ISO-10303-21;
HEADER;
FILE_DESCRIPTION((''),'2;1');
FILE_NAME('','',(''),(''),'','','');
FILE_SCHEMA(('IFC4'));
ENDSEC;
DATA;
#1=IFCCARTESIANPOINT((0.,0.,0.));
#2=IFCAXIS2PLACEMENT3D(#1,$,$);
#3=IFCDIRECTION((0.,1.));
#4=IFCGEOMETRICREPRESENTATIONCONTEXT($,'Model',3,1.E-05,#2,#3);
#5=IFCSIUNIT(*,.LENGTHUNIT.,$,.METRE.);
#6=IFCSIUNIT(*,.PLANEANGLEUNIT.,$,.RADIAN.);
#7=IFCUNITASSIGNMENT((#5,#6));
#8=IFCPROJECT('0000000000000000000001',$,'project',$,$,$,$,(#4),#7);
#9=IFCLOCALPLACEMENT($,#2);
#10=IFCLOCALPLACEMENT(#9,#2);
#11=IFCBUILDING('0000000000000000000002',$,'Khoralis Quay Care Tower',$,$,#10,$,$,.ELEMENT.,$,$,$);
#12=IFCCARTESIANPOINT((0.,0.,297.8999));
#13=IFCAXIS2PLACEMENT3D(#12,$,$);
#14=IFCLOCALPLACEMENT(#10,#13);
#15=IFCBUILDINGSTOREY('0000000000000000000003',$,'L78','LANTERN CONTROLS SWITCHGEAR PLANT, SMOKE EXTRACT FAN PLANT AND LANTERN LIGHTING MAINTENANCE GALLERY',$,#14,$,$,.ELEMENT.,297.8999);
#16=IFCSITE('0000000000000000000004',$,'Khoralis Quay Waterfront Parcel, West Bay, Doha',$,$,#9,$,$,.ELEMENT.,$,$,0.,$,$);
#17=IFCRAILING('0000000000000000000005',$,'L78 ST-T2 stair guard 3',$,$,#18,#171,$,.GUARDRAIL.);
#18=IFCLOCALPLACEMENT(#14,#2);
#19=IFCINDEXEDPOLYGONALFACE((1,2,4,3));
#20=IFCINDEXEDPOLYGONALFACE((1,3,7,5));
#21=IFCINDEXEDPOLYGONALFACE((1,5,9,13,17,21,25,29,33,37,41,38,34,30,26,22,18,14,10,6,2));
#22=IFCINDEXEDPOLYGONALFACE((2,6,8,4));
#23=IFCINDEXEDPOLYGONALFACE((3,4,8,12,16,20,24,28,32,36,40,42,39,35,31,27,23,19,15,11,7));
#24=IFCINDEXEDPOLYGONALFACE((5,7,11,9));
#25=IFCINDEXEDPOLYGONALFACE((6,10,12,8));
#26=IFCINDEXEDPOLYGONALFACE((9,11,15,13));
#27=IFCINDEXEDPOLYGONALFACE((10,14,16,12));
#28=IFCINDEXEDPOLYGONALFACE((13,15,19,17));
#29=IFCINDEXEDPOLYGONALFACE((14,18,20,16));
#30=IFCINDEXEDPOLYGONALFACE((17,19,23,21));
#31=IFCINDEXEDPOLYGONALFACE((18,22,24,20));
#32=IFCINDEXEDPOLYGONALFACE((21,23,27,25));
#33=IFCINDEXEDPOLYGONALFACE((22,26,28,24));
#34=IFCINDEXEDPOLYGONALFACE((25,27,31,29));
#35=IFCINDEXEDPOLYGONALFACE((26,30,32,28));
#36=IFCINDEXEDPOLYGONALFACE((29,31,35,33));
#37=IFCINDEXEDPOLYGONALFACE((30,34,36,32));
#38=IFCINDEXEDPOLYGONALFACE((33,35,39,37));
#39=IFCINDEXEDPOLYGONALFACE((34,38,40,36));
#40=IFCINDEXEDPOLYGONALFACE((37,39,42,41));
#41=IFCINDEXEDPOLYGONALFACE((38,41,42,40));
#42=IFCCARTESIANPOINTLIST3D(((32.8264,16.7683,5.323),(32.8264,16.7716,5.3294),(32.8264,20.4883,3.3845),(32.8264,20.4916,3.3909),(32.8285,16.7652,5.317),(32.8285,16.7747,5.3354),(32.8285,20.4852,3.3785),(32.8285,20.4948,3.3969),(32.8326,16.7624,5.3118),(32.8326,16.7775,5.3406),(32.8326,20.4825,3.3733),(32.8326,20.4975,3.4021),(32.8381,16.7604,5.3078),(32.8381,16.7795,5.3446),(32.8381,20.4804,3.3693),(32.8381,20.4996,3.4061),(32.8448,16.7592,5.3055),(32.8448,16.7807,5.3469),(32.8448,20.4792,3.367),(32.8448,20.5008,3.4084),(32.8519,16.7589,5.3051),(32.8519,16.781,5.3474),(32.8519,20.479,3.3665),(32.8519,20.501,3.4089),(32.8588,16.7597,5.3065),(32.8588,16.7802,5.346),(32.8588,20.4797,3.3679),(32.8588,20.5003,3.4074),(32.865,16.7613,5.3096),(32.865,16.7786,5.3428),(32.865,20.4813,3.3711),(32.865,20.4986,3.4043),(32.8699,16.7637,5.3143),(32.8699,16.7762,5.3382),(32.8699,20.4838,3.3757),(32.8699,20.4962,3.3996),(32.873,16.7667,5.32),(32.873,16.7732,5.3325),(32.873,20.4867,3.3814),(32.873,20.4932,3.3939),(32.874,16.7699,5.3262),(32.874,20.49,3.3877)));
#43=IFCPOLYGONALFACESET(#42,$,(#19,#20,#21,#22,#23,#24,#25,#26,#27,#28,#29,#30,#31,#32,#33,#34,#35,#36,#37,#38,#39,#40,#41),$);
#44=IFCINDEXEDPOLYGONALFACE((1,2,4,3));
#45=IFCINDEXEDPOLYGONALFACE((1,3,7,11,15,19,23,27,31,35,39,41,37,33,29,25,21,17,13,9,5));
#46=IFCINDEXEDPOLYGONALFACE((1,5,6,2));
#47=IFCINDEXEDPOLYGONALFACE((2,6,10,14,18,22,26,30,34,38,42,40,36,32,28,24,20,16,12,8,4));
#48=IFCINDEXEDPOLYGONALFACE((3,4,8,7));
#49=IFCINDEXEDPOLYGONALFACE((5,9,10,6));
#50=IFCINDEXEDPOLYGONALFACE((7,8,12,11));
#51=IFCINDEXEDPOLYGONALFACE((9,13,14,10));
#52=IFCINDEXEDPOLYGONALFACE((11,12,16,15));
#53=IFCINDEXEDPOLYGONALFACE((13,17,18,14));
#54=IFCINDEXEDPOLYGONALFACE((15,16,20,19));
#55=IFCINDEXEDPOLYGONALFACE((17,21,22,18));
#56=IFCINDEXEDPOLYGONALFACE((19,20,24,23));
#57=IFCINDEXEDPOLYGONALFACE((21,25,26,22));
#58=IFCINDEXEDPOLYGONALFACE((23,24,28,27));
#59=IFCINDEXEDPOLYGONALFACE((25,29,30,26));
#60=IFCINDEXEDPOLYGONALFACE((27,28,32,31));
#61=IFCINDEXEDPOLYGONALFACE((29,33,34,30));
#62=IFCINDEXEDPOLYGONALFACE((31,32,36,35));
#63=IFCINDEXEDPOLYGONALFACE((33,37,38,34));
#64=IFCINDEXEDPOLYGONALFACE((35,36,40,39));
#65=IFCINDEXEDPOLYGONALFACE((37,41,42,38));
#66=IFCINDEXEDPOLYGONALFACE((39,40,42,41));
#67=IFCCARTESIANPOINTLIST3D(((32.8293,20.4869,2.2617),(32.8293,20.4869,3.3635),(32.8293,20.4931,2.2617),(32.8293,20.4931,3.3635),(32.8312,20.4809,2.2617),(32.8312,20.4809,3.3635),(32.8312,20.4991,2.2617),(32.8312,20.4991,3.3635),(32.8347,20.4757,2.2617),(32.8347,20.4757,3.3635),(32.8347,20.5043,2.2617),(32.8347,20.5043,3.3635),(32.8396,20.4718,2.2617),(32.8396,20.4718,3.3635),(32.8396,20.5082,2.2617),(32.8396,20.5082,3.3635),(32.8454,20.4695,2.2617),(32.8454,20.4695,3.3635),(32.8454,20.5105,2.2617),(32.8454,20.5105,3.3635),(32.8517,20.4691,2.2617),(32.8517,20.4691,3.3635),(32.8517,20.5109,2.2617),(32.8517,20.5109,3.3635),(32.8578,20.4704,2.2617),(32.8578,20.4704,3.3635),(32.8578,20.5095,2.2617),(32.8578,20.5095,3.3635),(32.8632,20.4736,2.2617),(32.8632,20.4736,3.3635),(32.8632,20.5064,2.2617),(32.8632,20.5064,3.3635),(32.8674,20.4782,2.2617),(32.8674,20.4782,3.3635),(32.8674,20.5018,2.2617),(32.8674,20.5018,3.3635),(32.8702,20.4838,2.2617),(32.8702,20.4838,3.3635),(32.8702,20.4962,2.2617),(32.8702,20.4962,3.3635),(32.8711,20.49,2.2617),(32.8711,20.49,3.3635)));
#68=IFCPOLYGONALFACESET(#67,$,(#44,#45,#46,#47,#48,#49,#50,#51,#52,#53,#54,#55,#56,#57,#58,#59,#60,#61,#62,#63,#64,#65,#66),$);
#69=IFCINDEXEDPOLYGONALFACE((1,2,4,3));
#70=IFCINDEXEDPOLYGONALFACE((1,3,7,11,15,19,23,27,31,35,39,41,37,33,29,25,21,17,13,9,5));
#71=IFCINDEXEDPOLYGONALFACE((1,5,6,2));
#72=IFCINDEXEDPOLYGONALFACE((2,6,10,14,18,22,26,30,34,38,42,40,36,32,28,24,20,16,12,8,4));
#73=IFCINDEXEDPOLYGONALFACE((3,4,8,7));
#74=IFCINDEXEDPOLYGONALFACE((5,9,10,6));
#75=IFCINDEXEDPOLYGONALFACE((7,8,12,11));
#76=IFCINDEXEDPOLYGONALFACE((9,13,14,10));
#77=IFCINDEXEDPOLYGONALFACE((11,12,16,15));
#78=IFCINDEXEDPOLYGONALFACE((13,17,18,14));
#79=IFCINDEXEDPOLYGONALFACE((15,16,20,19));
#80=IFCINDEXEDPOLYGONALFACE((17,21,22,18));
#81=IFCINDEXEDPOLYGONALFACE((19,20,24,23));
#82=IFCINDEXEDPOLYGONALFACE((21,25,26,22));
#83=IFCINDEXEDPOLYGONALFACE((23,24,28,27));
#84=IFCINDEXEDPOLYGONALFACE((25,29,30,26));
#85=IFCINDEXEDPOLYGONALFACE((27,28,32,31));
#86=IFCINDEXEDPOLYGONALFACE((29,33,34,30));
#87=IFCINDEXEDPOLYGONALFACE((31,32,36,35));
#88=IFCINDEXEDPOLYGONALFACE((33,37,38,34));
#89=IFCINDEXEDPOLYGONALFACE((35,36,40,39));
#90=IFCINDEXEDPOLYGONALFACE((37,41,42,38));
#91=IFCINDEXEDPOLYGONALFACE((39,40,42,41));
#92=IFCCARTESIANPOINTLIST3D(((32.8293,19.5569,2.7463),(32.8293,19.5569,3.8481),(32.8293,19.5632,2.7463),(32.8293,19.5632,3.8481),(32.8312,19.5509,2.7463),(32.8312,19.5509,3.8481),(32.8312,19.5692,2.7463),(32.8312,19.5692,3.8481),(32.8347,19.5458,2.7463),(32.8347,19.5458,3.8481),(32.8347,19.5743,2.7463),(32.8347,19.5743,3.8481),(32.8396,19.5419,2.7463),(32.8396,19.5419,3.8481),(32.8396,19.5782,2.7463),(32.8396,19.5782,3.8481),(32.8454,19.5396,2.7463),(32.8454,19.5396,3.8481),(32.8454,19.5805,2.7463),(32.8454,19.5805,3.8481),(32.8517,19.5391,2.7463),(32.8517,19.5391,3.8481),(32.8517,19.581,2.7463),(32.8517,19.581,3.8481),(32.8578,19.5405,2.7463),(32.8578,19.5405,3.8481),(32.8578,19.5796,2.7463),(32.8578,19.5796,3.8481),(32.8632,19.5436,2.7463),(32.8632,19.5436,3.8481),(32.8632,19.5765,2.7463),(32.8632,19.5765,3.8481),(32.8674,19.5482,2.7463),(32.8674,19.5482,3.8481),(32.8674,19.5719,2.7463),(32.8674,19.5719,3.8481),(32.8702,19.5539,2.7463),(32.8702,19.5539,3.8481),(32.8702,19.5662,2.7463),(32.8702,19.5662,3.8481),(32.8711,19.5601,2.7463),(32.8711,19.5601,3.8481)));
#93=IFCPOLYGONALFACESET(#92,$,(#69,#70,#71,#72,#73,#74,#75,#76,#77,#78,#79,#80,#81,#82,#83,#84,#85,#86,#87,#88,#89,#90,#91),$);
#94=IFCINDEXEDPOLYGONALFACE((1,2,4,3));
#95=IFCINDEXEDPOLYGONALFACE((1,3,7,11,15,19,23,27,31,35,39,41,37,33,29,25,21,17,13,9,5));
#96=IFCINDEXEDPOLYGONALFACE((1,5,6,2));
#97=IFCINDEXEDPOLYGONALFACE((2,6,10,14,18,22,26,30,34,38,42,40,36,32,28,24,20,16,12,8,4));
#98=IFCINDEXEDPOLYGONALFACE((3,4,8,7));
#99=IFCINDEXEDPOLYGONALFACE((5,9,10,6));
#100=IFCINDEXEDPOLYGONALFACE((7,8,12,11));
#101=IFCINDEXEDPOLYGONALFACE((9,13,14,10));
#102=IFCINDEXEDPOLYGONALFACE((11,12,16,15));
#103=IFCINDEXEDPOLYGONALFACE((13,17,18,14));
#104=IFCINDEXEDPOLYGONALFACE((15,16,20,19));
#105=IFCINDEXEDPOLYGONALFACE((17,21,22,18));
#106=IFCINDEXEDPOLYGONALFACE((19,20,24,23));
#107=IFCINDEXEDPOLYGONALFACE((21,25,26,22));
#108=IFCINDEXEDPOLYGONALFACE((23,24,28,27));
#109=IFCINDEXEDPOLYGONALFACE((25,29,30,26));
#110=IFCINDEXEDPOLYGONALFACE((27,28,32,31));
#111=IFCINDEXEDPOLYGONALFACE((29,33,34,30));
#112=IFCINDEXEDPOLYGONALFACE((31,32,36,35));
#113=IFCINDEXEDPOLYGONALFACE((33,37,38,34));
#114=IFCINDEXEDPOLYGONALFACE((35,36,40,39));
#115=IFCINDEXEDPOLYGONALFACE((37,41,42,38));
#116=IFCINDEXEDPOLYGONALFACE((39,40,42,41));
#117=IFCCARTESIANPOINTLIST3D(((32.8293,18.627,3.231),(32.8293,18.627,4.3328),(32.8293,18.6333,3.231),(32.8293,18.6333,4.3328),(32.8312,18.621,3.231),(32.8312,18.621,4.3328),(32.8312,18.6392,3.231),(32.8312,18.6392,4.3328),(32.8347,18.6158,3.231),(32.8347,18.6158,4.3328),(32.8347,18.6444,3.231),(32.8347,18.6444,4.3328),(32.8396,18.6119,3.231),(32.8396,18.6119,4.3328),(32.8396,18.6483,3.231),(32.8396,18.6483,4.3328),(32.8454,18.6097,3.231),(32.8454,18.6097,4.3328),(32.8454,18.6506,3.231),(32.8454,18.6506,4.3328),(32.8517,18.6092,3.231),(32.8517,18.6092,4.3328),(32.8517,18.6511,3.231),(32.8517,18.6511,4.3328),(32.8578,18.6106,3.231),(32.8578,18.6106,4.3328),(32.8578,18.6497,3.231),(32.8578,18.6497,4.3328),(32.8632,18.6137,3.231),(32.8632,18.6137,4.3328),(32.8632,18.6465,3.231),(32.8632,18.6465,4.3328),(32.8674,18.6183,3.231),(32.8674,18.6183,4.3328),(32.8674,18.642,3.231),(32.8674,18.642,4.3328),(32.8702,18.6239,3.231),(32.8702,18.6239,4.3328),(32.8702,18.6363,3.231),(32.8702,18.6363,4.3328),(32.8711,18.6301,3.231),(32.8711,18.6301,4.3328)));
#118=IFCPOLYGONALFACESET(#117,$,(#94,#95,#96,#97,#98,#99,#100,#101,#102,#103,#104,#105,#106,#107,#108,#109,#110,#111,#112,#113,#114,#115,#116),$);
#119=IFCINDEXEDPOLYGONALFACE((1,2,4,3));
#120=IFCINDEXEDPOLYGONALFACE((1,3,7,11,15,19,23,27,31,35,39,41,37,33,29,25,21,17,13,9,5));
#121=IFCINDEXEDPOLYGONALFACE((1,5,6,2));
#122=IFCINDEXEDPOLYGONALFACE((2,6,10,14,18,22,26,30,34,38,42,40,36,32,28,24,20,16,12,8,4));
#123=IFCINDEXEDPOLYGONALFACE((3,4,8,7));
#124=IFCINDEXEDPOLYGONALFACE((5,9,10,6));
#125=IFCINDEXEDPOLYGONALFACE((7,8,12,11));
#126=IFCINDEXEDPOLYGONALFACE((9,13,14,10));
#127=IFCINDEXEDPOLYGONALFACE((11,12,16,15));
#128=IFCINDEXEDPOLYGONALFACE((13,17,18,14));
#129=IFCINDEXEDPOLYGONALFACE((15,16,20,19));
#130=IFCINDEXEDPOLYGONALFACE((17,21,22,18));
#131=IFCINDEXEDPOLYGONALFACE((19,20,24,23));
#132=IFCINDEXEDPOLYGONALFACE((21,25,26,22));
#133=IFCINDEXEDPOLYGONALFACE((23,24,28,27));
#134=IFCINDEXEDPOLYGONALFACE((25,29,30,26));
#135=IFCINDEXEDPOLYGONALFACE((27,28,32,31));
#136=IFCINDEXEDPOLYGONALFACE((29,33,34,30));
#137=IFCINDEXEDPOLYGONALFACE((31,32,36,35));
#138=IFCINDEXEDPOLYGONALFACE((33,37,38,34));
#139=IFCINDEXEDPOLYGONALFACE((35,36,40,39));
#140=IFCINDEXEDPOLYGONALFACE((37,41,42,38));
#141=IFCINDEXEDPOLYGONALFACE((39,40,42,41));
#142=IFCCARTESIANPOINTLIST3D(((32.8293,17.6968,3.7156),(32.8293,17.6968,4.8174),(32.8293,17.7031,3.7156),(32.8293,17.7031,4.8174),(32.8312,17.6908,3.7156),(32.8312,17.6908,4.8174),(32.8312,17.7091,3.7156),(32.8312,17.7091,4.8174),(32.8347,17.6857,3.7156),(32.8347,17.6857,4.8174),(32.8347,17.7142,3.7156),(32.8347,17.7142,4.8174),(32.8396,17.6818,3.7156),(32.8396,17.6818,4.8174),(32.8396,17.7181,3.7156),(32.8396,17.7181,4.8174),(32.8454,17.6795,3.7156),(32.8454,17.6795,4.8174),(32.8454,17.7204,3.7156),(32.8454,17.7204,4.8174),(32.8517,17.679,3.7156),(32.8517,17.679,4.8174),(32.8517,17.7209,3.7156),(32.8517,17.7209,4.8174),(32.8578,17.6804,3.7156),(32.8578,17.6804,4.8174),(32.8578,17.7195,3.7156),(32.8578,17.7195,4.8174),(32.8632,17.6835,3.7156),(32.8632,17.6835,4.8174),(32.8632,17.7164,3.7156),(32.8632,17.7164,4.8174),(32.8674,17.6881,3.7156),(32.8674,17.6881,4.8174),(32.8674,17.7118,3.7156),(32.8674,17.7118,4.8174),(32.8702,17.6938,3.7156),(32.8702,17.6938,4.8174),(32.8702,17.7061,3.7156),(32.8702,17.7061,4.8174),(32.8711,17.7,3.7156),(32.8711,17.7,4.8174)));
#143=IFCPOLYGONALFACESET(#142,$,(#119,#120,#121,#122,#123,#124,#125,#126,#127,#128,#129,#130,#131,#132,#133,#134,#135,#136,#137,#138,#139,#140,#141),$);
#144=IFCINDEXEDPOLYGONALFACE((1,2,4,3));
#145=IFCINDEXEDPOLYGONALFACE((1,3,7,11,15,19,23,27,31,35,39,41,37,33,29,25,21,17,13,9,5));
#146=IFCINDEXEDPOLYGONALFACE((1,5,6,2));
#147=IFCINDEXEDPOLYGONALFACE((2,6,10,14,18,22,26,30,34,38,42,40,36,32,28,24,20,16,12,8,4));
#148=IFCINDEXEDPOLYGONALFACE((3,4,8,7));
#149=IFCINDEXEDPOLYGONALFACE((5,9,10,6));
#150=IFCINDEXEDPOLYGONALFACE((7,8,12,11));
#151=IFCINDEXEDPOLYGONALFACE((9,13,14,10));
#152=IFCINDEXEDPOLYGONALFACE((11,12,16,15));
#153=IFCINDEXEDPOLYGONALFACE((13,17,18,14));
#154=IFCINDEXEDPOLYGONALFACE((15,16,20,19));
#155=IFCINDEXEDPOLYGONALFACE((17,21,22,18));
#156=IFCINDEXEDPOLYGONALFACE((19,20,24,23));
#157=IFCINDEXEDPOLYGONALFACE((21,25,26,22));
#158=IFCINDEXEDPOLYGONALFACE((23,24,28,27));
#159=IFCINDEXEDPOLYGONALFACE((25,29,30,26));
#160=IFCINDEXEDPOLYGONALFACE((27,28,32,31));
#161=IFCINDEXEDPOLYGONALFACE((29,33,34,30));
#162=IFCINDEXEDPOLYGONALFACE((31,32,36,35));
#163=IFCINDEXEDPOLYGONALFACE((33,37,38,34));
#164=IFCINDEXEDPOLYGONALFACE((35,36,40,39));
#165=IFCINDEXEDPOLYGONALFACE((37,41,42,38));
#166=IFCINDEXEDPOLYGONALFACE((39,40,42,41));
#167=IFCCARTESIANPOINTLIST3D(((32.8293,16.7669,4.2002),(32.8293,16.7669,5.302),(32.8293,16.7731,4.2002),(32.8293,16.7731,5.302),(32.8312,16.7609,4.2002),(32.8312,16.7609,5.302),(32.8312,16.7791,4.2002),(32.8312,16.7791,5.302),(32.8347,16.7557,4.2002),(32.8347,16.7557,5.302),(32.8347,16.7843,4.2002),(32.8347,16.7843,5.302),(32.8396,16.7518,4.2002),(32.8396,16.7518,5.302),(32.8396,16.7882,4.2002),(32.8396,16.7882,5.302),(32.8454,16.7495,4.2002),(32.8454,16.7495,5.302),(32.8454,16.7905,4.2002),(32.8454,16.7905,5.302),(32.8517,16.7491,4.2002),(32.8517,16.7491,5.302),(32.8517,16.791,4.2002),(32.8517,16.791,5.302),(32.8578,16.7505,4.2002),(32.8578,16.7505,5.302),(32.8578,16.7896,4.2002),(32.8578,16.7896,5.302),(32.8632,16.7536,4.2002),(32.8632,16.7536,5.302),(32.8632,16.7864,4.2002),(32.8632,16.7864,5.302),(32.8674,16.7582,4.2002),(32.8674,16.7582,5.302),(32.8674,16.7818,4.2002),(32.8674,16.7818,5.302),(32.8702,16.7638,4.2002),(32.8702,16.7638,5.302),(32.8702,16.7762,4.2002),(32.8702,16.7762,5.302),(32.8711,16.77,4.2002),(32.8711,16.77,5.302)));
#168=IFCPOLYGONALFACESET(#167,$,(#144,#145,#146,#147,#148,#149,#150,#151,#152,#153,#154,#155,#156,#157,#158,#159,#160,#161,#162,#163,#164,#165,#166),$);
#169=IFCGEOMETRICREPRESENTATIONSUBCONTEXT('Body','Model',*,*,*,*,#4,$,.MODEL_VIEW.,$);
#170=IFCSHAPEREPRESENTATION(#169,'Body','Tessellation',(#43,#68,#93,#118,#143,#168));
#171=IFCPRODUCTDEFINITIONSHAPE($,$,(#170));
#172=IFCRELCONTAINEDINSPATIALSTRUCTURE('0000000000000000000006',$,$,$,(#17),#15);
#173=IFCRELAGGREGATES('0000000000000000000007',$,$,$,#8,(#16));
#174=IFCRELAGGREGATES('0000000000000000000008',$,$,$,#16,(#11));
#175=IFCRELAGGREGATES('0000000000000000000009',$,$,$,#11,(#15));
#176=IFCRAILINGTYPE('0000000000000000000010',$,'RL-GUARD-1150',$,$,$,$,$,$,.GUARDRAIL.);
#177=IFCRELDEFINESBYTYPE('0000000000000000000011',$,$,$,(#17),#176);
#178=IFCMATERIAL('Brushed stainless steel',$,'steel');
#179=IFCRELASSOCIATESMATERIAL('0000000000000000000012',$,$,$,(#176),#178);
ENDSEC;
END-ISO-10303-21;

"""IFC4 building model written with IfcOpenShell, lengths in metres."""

from ifc_helpers import new_model, si_unit, direction, frame, origin, origin_2d, place, context, subcontext, project, spatial, circle, extrude, material, type_object, element, save


model = new_model("IFC4")

# Units and contexts
model_context = context("Model", 3, precision=1e-05, world=origin(), true_north=direction((0.0, 1.0)))
body_context = subcontext(model_context, "Body", "Model", "MODEL_VIEW")
ifc_project = project(units=[si_unit("LENGTHUNIT", "METRE"), si_unit("PLANEANGLEUNIT", "RADIAN")], contexts=[model_context])

# Site, building, storey
site_placement = place(None, origin())
site = spatial("IfcSite", under=ifc_project, at=site_placement, Name="Khoralis Quay Waterfront Parcel, West Bay, Doha", CompositionType="ELEMENT", RefElevation=0.0)
building_placement = place(site_placement, origin())
building = spatial("IfcBuilding", under=site, at=building_placement, Name="Khoralis Quay Care Tower", CompositionType="ELEMENT")
storey_placement = place(building_placement, frame((0.0, 0.0, 297.8999)))
storey = spatial("IfcBuildingStorey", under=building, at=storey_placement, Name="L78", Description="LANTERN CONTROLS SWITCHGEAR PLANT, SMOKE EXTRACT FAN PLANT AND LANTERN LIGHTING MAINTENANCE GALLERY", CompositionType="ELEMENT", Elevation=297.8999)

# Railing
ifc_material_1 = material(Name="Brushed stainless steel", Category="steel")
railing_type_1 = type_object("IfcRailingType", Name="RL-GUARD-1150", PredefinedType="GUARDRAIL", material=ifc_material_1)
railing_1_placement = place(storey_placement, frame((32.8501, 20.49, 2.2617)))
element("IfcRailing", 1, at=railing_1_placement, inside=storey, type_object=railing_type_1, Name="L78 ST-T2 stair guard 3", PredefinedType="GUARDRAIL", context=body_context, shape_type="SweptSolid", body=[
    extrude(circle(Radius=0.0239, at=origin_2d()), frame((0.0, 0.0, 1.126), z_axis=(0.0, -0.886817, 0.46212), x_axis=(1.0, 0.0, 0.0)), (0.0, 0.0, 1.0), 4.1948),
    extrude(circle(Radius=0.021, at=origin_2d()), origin(), (0.0, 0.0, 1.0), 1.1018),
    extrude(circle(Radius=0.021, at=origin_2d()), frame((0.0, -0.9299, 0.4846)), (0.0, 0.0, 1.0), 1.1018),
    extrude(circle(Radius=0.021, at=origin_2d()), frame((0.0, -1.8599, 0.9692)), (0.0, 0.0, 1.0), 1.1018),
    extrude(circle(Radius=0.021, at=origin_2d()), frame((0.0, -2.79, 1.4539)), (0.0, 0.0, 1.0), 1.1018),
    extrude(circle(Radius=0.021, at=origin_2d()), frame((0.0, -3.72, 1.9385)), (0.0, 0.0, 1.0), 1.1018),
])

save(model, "model.ifc")
